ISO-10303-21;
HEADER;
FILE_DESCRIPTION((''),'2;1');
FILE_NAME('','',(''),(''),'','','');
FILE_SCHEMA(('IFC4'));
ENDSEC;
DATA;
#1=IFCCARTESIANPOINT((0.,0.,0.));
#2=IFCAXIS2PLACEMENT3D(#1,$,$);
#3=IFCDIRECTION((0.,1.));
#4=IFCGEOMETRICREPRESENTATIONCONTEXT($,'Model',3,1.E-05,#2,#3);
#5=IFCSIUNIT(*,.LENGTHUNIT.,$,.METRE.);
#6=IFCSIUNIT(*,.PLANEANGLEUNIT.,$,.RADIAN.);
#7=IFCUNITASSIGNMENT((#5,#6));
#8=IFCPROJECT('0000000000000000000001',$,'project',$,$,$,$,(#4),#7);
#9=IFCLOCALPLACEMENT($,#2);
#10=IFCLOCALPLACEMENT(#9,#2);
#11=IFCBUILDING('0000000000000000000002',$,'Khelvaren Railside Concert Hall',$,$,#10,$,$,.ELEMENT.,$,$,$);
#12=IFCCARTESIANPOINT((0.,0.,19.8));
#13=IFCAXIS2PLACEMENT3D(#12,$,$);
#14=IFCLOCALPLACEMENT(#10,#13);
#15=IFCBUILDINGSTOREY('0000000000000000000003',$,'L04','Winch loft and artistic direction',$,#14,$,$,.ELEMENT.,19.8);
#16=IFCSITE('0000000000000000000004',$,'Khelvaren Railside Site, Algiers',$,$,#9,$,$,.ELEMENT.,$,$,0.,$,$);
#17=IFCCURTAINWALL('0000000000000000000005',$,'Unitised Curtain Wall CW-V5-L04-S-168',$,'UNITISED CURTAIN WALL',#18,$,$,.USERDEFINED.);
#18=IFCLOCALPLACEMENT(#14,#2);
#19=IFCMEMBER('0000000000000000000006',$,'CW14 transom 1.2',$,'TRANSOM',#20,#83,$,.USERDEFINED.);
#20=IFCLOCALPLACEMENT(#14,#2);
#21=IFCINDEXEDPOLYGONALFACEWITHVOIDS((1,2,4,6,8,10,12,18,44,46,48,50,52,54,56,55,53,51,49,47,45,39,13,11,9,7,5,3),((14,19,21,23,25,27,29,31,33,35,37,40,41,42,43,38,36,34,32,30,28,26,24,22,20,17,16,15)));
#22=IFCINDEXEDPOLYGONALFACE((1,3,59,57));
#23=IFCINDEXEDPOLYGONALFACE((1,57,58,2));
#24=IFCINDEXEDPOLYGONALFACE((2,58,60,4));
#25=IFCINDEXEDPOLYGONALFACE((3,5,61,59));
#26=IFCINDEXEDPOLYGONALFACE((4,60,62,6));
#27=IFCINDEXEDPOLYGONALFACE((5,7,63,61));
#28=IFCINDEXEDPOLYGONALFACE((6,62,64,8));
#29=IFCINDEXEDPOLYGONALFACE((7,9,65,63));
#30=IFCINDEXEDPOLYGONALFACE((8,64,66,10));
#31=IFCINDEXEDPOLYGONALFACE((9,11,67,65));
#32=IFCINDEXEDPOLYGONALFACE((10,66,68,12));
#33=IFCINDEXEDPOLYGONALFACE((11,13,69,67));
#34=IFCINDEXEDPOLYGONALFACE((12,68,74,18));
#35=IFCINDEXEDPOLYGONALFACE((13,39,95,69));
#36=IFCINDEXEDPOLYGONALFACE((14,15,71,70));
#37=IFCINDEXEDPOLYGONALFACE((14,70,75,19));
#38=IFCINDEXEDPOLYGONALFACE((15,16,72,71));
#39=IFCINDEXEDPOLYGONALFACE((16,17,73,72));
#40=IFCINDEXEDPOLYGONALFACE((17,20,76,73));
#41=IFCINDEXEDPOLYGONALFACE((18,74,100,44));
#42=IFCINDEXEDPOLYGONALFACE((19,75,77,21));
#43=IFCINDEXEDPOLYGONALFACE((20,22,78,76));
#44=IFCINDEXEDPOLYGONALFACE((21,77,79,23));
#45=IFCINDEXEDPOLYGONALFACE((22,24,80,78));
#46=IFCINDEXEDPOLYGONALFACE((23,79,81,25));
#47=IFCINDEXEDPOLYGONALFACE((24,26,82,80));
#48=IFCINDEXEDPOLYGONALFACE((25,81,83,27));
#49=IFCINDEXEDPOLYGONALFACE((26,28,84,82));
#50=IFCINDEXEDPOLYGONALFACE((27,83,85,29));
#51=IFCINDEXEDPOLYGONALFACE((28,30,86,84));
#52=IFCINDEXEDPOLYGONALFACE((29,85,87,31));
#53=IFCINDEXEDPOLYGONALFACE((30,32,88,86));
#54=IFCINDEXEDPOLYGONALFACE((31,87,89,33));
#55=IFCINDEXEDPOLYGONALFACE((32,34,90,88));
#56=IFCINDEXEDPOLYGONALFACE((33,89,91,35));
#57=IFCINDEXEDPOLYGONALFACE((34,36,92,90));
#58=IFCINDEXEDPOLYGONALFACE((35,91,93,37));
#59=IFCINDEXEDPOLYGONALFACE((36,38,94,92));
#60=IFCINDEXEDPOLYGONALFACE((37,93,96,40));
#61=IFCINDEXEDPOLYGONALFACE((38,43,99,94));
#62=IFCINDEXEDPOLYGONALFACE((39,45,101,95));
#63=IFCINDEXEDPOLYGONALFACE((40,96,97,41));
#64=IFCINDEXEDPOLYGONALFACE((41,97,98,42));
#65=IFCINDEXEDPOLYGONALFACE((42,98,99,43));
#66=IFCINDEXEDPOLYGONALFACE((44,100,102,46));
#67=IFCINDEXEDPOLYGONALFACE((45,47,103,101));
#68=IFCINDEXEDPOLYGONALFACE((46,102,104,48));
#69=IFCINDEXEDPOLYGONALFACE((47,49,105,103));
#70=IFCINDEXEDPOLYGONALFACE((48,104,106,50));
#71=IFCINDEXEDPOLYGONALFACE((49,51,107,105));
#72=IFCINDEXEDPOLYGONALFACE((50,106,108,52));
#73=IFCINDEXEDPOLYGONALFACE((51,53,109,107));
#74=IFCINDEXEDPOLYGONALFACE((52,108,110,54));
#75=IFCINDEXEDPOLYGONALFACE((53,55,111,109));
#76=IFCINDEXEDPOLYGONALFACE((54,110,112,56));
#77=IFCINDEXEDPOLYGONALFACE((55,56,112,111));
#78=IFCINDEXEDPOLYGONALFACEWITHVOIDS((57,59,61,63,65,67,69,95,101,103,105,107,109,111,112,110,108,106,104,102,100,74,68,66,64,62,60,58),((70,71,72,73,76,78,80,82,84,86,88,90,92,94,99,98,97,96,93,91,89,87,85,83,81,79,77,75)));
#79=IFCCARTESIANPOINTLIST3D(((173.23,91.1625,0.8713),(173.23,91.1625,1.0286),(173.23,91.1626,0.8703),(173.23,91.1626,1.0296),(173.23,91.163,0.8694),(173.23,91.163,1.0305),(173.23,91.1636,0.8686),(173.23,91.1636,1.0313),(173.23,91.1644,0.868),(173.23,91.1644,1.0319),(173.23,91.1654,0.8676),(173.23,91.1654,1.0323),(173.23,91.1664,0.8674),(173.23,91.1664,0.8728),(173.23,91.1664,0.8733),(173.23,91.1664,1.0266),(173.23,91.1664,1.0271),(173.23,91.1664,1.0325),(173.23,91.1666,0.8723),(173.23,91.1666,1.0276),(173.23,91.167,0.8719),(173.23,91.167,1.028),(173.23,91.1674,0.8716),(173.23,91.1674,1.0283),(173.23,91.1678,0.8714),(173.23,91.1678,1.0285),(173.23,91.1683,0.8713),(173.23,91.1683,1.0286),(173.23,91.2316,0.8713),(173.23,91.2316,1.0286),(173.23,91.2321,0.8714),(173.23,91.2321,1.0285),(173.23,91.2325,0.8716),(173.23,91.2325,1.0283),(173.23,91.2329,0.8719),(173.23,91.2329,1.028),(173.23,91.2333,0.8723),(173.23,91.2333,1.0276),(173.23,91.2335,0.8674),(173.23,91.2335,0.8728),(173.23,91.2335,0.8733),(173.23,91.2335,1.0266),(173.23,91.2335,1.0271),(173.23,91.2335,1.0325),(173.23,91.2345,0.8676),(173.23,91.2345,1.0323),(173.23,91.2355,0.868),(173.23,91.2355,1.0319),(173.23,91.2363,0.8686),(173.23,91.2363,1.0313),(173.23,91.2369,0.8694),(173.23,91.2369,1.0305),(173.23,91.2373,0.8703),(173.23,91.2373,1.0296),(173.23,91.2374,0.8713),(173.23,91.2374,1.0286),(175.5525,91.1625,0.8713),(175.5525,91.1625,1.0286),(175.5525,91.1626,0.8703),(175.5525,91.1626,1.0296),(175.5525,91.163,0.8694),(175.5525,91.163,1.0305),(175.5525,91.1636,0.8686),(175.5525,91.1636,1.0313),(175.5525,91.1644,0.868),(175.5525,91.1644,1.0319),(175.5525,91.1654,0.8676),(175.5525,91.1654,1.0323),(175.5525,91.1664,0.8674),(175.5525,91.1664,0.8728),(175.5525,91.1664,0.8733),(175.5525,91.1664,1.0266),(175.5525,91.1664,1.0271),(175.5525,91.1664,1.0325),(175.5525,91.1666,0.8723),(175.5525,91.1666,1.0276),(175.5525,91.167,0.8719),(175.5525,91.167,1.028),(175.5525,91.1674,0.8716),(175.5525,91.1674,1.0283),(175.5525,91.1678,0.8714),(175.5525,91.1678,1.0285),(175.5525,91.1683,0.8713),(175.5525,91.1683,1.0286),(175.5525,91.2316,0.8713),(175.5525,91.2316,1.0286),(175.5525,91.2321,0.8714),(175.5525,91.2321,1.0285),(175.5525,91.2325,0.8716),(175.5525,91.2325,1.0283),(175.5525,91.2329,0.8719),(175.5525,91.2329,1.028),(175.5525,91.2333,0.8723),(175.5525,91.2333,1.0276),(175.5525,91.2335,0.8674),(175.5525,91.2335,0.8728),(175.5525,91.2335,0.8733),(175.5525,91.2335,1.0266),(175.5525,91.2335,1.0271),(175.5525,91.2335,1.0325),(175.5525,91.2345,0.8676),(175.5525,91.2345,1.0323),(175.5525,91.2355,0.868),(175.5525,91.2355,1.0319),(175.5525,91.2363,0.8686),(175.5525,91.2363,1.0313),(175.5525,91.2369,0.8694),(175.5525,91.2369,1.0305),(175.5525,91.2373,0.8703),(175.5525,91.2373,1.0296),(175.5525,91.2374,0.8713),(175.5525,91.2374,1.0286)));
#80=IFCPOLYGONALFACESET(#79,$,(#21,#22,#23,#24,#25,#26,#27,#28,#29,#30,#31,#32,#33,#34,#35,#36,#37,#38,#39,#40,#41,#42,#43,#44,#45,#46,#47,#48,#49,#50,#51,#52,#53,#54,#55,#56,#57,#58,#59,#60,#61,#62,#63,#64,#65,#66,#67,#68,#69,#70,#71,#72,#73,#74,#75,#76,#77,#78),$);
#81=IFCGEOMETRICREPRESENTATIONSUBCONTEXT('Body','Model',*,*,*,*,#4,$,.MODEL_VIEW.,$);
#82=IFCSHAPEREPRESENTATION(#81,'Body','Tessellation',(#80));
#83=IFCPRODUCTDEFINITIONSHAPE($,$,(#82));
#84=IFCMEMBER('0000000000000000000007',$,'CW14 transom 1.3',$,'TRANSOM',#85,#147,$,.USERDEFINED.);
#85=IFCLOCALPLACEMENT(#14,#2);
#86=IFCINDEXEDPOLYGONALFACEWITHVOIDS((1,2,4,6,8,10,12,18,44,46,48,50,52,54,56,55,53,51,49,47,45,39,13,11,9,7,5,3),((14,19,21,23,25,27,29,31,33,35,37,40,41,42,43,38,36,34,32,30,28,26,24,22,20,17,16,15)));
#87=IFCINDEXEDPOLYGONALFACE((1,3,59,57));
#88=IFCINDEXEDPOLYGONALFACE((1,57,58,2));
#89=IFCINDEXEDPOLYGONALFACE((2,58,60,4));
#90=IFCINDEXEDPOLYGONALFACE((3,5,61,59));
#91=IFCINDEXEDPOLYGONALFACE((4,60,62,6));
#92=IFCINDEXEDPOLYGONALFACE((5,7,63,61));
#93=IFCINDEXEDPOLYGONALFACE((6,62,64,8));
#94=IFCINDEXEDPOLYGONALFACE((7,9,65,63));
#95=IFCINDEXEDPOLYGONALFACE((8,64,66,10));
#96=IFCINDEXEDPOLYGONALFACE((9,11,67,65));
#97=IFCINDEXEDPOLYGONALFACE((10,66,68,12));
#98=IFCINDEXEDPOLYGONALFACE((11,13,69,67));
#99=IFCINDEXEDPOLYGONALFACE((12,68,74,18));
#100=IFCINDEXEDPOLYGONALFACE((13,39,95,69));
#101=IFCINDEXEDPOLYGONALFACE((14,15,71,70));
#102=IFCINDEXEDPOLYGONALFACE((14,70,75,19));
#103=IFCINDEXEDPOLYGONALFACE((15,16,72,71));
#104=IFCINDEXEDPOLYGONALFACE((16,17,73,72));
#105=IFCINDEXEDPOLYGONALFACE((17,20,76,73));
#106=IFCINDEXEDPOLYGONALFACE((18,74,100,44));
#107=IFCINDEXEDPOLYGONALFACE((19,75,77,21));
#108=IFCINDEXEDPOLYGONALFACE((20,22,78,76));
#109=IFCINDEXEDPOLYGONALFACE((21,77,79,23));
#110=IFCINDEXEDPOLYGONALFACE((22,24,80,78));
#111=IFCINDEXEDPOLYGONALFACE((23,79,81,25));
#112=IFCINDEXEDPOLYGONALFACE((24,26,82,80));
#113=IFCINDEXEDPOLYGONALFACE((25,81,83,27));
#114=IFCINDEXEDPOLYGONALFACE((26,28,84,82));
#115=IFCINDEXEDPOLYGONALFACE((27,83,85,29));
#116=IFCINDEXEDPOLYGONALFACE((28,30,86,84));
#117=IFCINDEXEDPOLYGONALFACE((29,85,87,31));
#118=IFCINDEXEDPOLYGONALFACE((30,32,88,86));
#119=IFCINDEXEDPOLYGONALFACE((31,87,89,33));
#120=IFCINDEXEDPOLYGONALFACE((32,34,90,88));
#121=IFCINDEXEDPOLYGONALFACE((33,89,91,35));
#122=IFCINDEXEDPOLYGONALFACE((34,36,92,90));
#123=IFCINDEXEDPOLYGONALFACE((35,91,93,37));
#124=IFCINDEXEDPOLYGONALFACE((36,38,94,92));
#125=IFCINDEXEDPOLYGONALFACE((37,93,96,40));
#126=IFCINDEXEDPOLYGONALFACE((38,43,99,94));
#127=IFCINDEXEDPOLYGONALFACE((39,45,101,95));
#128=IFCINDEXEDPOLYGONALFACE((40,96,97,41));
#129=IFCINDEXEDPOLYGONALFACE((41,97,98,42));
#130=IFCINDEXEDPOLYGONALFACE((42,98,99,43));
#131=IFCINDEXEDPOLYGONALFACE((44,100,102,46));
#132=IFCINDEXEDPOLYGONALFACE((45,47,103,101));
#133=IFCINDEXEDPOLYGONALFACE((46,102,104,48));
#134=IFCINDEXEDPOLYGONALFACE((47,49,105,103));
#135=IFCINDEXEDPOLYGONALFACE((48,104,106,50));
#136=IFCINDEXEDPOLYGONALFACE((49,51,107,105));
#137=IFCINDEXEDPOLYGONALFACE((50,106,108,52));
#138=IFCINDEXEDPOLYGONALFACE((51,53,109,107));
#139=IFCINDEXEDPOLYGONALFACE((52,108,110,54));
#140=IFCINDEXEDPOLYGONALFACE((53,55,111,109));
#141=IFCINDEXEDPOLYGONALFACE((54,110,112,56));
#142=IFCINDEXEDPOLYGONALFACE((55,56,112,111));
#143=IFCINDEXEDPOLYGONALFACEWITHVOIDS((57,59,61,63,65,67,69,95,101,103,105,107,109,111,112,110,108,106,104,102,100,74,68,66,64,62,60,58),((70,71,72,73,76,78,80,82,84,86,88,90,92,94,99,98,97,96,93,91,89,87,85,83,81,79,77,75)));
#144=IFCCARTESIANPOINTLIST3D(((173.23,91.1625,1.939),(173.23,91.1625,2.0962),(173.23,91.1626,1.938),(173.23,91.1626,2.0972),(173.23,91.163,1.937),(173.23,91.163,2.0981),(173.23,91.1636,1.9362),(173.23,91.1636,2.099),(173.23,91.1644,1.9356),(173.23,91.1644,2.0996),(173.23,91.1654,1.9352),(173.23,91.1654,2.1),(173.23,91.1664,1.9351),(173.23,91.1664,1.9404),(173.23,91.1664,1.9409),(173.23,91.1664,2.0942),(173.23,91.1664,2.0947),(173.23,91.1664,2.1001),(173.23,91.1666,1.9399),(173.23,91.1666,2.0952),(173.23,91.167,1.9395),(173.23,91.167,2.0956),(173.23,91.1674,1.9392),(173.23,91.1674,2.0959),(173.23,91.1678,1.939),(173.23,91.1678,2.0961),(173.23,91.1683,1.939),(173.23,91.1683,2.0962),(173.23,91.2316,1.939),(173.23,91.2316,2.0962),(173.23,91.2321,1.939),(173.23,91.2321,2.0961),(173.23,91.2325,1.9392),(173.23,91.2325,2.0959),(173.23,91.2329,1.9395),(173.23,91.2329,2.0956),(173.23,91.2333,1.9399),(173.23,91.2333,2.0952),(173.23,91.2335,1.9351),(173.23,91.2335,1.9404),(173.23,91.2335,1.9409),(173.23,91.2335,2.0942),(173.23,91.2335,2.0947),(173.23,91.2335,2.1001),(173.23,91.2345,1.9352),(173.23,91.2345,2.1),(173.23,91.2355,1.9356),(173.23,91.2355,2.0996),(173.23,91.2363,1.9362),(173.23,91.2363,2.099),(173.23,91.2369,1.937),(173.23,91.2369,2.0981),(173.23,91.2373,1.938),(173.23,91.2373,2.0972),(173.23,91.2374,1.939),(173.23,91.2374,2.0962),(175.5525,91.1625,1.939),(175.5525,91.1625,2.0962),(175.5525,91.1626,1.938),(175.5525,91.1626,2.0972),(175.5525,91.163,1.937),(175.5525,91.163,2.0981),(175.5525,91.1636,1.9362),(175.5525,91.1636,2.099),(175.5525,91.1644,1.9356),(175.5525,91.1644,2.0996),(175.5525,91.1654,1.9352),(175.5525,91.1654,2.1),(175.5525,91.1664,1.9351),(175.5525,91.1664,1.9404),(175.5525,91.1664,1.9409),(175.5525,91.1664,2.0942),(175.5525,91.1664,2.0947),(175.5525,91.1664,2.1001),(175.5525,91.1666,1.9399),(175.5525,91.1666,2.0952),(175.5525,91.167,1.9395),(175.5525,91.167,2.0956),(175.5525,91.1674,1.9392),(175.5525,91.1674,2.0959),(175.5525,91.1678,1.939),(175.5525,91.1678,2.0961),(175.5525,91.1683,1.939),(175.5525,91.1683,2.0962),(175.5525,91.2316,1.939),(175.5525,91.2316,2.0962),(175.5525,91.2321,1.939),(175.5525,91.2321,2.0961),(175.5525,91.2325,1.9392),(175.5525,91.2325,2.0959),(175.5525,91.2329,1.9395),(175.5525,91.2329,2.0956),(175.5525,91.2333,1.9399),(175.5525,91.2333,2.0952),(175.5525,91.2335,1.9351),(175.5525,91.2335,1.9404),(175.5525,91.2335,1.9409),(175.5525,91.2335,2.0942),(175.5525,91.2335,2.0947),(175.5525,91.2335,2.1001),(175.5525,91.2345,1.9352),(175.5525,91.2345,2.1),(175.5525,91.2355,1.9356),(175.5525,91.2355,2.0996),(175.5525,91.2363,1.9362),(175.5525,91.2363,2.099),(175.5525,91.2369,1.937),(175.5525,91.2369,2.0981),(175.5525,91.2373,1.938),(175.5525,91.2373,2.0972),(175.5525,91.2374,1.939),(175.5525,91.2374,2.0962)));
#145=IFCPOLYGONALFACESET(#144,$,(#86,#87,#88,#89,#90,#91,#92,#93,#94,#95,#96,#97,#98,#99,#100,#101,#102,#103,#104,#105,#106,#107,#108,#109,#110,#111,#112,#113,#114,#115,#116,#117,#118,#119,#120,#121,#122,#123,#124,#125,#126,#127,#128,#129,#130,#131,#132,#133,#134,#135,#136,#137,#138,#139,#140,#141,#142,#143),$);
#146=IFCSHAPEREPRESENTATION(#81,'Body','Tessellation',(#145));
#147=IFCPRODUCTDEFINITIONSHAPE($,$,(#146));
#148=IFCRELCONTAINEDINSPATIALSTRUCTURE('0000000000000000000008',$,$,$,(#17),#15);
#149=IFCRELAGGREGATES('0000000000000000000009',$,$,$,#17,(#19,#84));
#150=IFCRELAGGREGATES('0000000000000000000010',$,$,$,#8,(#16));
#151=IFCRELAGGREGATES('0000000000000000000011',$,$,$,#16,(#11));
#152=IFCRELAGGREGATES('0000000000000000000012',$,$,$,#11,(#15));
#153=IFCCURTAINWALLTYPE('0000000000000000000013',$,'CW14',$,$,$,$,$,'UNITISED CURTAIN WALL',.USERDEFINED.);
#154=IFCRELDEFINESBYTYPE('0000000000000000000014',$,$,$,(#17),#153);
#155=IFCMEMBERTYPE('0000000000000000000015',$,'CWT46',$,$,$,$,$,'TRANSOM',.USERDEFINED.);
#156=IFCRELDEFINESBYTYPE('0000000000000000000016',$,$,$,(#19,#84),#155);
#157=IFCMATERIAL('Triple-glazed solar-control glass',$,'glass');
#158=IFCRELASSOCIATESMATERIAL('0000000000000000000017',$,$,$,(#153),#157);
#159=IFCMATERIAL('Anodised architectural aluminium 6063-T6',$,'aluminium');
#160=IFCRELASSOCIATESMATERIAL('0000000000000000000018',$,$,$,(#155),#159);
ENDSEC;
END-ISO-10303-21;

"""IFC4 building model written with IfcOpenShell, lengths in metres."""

from ifc_helpers import new_model, si_unit, direction, frame, origin, origin_2d, place, context, subcontext, project, spatial, hollow_rectangle, extrude, material, material_profile, profile_set, type_object, element, aggregate, save


model = new_model("IFC4")

# Units and contexts
model_context = context("Model", 3, precision=1e-05, world=origin(), true_north=direction((0.0, 1.0)))
body_context = subcontext(model_context, "Body", "Model", "MODEL_VIEW")
ifc_project = project(units=[si_unit("LENGTHUNIT", "METRE"), si_unit("PLANEANGLEUNIT", "RADIAN")], contexts=[model_context])

# Site, building, storey
site_placement = place(None, origin())
site = spatial("IfcSite", under=ifc_project, at=site_placement, Name="Khelvaren Railside Site, Algiers", CompositionType="ELEMENT", RefElevation=0.0)
building_placement = place(site_placement, origin())
building = spatial("IfcBuilding", under=site, at=building_placement, Name="Khelvaren Railside Concert Hall", CompositionType="ELEMENT")
storey_placement = place(building_placement, frame((0.0, 0.0, 19.8)))
storey = spatial("IfcBuildingStorey", under=building, at=storey_placement, Name="L04", Description="Winch loft and artistic direction", CompositionType="ELEMENT", Elevation=19.8)

# Curtain wall
ifc_material_1 = material(Name="Triple-glazed solar-control glass", Category="glass")
curtain_wall_type_1 = type_object("IfcCurtainWallType", Name="CW14", ElementType="UNITISED CURTAIN WALL", PredefinedType="USERDEFINED", material=ifc_material_1)
curtain_wall_1_placement = place(storey_placement, origin())
curtain_wall_1 = element("IfcCurtainWall", 1, at=curtain_wall_1_placement, inside=storey, type_object=curtain_wall_type_1, Name="Unitised Curtain Wall CW-V5-L04-S-168", ObjectType="UNITISED CURTAIN WALL", PredefinedType="USERDEFINED")
ifc_material_2 = material(Name="Anodised architectural aluminium 6063-T6", Category="aluminium")

# Members
ifc_material_profile_1 = material_profile(ifc_material_2, hollow_rectangle(XDim=0.075, YDim=0.165, WallThickness=0.0039, InnerFilletRadius=0.002, OuterFilletRadius=0.0039, at=origin_2d()), Name="CWT 75x165x4")
ifc_profile_set_1 = profile_set([ifc_material_profile_1], Name="Anodised architectural aluminium 6063-T6")
member_type_1 = type_object("IfcMemberType", Name="CWT46", ElementType="TRANSOM", PredefinedType="USERDEFINED", material=ifc_profile_set_1)
member_1_placement = place(storey_placement, frame((175.5525, 91.2, 0.95), z_axis=(-1.0, 0.0, 0.0), x_axis=(0.0, -1.0, 0.0)))
member_1 = element("IfcMember", 2, at=member_1_placement, type_object=member_type_1, Name="CW14 transom 1.2", ObjectType="TRANSOM", PredefinedType="USERDEFINED", context=body_context, shape_type="SweptSolid", body=[
    extrude(hollow_rectangle(XDim=0.075, YDim=0.165, WallThickness=0.0039, InnerFilletRadius=0.002, OuterFilletRadius=0.0039, at=origin_2d()), origin(), (0.0, 0.0, 1.0), 2.3225),
])
member_2_placement = place(storey_placement, frame((175.5525, 91.2, 2.0176), z_axis=(-1.0, 0.0, 0.0), x_axis=(0.0, -1.0, 0.0)))
member_2 = element("IfcMember", 3, at=member_2_placement, type_object=member_type_1, Name="CW14 transom 1.3", ObjectType="TRANSOM", PredefinedType="USERDEFINED", context=body_context, shape_type="SweptSolid", body=[
    extrude(hollow_rectangle(XDim=0.075, YDim=0.165, WallThickness=0.0039, InnerFilletRadius=0.002, OuterFilletRadius=0.0039, at=origin_2d()), origin(), (0.0, 0.0, 1.0), 2.3225),
])

aggregate(curtain_wall_1, [member_1, member_2])

save(model, "model.ifc")
